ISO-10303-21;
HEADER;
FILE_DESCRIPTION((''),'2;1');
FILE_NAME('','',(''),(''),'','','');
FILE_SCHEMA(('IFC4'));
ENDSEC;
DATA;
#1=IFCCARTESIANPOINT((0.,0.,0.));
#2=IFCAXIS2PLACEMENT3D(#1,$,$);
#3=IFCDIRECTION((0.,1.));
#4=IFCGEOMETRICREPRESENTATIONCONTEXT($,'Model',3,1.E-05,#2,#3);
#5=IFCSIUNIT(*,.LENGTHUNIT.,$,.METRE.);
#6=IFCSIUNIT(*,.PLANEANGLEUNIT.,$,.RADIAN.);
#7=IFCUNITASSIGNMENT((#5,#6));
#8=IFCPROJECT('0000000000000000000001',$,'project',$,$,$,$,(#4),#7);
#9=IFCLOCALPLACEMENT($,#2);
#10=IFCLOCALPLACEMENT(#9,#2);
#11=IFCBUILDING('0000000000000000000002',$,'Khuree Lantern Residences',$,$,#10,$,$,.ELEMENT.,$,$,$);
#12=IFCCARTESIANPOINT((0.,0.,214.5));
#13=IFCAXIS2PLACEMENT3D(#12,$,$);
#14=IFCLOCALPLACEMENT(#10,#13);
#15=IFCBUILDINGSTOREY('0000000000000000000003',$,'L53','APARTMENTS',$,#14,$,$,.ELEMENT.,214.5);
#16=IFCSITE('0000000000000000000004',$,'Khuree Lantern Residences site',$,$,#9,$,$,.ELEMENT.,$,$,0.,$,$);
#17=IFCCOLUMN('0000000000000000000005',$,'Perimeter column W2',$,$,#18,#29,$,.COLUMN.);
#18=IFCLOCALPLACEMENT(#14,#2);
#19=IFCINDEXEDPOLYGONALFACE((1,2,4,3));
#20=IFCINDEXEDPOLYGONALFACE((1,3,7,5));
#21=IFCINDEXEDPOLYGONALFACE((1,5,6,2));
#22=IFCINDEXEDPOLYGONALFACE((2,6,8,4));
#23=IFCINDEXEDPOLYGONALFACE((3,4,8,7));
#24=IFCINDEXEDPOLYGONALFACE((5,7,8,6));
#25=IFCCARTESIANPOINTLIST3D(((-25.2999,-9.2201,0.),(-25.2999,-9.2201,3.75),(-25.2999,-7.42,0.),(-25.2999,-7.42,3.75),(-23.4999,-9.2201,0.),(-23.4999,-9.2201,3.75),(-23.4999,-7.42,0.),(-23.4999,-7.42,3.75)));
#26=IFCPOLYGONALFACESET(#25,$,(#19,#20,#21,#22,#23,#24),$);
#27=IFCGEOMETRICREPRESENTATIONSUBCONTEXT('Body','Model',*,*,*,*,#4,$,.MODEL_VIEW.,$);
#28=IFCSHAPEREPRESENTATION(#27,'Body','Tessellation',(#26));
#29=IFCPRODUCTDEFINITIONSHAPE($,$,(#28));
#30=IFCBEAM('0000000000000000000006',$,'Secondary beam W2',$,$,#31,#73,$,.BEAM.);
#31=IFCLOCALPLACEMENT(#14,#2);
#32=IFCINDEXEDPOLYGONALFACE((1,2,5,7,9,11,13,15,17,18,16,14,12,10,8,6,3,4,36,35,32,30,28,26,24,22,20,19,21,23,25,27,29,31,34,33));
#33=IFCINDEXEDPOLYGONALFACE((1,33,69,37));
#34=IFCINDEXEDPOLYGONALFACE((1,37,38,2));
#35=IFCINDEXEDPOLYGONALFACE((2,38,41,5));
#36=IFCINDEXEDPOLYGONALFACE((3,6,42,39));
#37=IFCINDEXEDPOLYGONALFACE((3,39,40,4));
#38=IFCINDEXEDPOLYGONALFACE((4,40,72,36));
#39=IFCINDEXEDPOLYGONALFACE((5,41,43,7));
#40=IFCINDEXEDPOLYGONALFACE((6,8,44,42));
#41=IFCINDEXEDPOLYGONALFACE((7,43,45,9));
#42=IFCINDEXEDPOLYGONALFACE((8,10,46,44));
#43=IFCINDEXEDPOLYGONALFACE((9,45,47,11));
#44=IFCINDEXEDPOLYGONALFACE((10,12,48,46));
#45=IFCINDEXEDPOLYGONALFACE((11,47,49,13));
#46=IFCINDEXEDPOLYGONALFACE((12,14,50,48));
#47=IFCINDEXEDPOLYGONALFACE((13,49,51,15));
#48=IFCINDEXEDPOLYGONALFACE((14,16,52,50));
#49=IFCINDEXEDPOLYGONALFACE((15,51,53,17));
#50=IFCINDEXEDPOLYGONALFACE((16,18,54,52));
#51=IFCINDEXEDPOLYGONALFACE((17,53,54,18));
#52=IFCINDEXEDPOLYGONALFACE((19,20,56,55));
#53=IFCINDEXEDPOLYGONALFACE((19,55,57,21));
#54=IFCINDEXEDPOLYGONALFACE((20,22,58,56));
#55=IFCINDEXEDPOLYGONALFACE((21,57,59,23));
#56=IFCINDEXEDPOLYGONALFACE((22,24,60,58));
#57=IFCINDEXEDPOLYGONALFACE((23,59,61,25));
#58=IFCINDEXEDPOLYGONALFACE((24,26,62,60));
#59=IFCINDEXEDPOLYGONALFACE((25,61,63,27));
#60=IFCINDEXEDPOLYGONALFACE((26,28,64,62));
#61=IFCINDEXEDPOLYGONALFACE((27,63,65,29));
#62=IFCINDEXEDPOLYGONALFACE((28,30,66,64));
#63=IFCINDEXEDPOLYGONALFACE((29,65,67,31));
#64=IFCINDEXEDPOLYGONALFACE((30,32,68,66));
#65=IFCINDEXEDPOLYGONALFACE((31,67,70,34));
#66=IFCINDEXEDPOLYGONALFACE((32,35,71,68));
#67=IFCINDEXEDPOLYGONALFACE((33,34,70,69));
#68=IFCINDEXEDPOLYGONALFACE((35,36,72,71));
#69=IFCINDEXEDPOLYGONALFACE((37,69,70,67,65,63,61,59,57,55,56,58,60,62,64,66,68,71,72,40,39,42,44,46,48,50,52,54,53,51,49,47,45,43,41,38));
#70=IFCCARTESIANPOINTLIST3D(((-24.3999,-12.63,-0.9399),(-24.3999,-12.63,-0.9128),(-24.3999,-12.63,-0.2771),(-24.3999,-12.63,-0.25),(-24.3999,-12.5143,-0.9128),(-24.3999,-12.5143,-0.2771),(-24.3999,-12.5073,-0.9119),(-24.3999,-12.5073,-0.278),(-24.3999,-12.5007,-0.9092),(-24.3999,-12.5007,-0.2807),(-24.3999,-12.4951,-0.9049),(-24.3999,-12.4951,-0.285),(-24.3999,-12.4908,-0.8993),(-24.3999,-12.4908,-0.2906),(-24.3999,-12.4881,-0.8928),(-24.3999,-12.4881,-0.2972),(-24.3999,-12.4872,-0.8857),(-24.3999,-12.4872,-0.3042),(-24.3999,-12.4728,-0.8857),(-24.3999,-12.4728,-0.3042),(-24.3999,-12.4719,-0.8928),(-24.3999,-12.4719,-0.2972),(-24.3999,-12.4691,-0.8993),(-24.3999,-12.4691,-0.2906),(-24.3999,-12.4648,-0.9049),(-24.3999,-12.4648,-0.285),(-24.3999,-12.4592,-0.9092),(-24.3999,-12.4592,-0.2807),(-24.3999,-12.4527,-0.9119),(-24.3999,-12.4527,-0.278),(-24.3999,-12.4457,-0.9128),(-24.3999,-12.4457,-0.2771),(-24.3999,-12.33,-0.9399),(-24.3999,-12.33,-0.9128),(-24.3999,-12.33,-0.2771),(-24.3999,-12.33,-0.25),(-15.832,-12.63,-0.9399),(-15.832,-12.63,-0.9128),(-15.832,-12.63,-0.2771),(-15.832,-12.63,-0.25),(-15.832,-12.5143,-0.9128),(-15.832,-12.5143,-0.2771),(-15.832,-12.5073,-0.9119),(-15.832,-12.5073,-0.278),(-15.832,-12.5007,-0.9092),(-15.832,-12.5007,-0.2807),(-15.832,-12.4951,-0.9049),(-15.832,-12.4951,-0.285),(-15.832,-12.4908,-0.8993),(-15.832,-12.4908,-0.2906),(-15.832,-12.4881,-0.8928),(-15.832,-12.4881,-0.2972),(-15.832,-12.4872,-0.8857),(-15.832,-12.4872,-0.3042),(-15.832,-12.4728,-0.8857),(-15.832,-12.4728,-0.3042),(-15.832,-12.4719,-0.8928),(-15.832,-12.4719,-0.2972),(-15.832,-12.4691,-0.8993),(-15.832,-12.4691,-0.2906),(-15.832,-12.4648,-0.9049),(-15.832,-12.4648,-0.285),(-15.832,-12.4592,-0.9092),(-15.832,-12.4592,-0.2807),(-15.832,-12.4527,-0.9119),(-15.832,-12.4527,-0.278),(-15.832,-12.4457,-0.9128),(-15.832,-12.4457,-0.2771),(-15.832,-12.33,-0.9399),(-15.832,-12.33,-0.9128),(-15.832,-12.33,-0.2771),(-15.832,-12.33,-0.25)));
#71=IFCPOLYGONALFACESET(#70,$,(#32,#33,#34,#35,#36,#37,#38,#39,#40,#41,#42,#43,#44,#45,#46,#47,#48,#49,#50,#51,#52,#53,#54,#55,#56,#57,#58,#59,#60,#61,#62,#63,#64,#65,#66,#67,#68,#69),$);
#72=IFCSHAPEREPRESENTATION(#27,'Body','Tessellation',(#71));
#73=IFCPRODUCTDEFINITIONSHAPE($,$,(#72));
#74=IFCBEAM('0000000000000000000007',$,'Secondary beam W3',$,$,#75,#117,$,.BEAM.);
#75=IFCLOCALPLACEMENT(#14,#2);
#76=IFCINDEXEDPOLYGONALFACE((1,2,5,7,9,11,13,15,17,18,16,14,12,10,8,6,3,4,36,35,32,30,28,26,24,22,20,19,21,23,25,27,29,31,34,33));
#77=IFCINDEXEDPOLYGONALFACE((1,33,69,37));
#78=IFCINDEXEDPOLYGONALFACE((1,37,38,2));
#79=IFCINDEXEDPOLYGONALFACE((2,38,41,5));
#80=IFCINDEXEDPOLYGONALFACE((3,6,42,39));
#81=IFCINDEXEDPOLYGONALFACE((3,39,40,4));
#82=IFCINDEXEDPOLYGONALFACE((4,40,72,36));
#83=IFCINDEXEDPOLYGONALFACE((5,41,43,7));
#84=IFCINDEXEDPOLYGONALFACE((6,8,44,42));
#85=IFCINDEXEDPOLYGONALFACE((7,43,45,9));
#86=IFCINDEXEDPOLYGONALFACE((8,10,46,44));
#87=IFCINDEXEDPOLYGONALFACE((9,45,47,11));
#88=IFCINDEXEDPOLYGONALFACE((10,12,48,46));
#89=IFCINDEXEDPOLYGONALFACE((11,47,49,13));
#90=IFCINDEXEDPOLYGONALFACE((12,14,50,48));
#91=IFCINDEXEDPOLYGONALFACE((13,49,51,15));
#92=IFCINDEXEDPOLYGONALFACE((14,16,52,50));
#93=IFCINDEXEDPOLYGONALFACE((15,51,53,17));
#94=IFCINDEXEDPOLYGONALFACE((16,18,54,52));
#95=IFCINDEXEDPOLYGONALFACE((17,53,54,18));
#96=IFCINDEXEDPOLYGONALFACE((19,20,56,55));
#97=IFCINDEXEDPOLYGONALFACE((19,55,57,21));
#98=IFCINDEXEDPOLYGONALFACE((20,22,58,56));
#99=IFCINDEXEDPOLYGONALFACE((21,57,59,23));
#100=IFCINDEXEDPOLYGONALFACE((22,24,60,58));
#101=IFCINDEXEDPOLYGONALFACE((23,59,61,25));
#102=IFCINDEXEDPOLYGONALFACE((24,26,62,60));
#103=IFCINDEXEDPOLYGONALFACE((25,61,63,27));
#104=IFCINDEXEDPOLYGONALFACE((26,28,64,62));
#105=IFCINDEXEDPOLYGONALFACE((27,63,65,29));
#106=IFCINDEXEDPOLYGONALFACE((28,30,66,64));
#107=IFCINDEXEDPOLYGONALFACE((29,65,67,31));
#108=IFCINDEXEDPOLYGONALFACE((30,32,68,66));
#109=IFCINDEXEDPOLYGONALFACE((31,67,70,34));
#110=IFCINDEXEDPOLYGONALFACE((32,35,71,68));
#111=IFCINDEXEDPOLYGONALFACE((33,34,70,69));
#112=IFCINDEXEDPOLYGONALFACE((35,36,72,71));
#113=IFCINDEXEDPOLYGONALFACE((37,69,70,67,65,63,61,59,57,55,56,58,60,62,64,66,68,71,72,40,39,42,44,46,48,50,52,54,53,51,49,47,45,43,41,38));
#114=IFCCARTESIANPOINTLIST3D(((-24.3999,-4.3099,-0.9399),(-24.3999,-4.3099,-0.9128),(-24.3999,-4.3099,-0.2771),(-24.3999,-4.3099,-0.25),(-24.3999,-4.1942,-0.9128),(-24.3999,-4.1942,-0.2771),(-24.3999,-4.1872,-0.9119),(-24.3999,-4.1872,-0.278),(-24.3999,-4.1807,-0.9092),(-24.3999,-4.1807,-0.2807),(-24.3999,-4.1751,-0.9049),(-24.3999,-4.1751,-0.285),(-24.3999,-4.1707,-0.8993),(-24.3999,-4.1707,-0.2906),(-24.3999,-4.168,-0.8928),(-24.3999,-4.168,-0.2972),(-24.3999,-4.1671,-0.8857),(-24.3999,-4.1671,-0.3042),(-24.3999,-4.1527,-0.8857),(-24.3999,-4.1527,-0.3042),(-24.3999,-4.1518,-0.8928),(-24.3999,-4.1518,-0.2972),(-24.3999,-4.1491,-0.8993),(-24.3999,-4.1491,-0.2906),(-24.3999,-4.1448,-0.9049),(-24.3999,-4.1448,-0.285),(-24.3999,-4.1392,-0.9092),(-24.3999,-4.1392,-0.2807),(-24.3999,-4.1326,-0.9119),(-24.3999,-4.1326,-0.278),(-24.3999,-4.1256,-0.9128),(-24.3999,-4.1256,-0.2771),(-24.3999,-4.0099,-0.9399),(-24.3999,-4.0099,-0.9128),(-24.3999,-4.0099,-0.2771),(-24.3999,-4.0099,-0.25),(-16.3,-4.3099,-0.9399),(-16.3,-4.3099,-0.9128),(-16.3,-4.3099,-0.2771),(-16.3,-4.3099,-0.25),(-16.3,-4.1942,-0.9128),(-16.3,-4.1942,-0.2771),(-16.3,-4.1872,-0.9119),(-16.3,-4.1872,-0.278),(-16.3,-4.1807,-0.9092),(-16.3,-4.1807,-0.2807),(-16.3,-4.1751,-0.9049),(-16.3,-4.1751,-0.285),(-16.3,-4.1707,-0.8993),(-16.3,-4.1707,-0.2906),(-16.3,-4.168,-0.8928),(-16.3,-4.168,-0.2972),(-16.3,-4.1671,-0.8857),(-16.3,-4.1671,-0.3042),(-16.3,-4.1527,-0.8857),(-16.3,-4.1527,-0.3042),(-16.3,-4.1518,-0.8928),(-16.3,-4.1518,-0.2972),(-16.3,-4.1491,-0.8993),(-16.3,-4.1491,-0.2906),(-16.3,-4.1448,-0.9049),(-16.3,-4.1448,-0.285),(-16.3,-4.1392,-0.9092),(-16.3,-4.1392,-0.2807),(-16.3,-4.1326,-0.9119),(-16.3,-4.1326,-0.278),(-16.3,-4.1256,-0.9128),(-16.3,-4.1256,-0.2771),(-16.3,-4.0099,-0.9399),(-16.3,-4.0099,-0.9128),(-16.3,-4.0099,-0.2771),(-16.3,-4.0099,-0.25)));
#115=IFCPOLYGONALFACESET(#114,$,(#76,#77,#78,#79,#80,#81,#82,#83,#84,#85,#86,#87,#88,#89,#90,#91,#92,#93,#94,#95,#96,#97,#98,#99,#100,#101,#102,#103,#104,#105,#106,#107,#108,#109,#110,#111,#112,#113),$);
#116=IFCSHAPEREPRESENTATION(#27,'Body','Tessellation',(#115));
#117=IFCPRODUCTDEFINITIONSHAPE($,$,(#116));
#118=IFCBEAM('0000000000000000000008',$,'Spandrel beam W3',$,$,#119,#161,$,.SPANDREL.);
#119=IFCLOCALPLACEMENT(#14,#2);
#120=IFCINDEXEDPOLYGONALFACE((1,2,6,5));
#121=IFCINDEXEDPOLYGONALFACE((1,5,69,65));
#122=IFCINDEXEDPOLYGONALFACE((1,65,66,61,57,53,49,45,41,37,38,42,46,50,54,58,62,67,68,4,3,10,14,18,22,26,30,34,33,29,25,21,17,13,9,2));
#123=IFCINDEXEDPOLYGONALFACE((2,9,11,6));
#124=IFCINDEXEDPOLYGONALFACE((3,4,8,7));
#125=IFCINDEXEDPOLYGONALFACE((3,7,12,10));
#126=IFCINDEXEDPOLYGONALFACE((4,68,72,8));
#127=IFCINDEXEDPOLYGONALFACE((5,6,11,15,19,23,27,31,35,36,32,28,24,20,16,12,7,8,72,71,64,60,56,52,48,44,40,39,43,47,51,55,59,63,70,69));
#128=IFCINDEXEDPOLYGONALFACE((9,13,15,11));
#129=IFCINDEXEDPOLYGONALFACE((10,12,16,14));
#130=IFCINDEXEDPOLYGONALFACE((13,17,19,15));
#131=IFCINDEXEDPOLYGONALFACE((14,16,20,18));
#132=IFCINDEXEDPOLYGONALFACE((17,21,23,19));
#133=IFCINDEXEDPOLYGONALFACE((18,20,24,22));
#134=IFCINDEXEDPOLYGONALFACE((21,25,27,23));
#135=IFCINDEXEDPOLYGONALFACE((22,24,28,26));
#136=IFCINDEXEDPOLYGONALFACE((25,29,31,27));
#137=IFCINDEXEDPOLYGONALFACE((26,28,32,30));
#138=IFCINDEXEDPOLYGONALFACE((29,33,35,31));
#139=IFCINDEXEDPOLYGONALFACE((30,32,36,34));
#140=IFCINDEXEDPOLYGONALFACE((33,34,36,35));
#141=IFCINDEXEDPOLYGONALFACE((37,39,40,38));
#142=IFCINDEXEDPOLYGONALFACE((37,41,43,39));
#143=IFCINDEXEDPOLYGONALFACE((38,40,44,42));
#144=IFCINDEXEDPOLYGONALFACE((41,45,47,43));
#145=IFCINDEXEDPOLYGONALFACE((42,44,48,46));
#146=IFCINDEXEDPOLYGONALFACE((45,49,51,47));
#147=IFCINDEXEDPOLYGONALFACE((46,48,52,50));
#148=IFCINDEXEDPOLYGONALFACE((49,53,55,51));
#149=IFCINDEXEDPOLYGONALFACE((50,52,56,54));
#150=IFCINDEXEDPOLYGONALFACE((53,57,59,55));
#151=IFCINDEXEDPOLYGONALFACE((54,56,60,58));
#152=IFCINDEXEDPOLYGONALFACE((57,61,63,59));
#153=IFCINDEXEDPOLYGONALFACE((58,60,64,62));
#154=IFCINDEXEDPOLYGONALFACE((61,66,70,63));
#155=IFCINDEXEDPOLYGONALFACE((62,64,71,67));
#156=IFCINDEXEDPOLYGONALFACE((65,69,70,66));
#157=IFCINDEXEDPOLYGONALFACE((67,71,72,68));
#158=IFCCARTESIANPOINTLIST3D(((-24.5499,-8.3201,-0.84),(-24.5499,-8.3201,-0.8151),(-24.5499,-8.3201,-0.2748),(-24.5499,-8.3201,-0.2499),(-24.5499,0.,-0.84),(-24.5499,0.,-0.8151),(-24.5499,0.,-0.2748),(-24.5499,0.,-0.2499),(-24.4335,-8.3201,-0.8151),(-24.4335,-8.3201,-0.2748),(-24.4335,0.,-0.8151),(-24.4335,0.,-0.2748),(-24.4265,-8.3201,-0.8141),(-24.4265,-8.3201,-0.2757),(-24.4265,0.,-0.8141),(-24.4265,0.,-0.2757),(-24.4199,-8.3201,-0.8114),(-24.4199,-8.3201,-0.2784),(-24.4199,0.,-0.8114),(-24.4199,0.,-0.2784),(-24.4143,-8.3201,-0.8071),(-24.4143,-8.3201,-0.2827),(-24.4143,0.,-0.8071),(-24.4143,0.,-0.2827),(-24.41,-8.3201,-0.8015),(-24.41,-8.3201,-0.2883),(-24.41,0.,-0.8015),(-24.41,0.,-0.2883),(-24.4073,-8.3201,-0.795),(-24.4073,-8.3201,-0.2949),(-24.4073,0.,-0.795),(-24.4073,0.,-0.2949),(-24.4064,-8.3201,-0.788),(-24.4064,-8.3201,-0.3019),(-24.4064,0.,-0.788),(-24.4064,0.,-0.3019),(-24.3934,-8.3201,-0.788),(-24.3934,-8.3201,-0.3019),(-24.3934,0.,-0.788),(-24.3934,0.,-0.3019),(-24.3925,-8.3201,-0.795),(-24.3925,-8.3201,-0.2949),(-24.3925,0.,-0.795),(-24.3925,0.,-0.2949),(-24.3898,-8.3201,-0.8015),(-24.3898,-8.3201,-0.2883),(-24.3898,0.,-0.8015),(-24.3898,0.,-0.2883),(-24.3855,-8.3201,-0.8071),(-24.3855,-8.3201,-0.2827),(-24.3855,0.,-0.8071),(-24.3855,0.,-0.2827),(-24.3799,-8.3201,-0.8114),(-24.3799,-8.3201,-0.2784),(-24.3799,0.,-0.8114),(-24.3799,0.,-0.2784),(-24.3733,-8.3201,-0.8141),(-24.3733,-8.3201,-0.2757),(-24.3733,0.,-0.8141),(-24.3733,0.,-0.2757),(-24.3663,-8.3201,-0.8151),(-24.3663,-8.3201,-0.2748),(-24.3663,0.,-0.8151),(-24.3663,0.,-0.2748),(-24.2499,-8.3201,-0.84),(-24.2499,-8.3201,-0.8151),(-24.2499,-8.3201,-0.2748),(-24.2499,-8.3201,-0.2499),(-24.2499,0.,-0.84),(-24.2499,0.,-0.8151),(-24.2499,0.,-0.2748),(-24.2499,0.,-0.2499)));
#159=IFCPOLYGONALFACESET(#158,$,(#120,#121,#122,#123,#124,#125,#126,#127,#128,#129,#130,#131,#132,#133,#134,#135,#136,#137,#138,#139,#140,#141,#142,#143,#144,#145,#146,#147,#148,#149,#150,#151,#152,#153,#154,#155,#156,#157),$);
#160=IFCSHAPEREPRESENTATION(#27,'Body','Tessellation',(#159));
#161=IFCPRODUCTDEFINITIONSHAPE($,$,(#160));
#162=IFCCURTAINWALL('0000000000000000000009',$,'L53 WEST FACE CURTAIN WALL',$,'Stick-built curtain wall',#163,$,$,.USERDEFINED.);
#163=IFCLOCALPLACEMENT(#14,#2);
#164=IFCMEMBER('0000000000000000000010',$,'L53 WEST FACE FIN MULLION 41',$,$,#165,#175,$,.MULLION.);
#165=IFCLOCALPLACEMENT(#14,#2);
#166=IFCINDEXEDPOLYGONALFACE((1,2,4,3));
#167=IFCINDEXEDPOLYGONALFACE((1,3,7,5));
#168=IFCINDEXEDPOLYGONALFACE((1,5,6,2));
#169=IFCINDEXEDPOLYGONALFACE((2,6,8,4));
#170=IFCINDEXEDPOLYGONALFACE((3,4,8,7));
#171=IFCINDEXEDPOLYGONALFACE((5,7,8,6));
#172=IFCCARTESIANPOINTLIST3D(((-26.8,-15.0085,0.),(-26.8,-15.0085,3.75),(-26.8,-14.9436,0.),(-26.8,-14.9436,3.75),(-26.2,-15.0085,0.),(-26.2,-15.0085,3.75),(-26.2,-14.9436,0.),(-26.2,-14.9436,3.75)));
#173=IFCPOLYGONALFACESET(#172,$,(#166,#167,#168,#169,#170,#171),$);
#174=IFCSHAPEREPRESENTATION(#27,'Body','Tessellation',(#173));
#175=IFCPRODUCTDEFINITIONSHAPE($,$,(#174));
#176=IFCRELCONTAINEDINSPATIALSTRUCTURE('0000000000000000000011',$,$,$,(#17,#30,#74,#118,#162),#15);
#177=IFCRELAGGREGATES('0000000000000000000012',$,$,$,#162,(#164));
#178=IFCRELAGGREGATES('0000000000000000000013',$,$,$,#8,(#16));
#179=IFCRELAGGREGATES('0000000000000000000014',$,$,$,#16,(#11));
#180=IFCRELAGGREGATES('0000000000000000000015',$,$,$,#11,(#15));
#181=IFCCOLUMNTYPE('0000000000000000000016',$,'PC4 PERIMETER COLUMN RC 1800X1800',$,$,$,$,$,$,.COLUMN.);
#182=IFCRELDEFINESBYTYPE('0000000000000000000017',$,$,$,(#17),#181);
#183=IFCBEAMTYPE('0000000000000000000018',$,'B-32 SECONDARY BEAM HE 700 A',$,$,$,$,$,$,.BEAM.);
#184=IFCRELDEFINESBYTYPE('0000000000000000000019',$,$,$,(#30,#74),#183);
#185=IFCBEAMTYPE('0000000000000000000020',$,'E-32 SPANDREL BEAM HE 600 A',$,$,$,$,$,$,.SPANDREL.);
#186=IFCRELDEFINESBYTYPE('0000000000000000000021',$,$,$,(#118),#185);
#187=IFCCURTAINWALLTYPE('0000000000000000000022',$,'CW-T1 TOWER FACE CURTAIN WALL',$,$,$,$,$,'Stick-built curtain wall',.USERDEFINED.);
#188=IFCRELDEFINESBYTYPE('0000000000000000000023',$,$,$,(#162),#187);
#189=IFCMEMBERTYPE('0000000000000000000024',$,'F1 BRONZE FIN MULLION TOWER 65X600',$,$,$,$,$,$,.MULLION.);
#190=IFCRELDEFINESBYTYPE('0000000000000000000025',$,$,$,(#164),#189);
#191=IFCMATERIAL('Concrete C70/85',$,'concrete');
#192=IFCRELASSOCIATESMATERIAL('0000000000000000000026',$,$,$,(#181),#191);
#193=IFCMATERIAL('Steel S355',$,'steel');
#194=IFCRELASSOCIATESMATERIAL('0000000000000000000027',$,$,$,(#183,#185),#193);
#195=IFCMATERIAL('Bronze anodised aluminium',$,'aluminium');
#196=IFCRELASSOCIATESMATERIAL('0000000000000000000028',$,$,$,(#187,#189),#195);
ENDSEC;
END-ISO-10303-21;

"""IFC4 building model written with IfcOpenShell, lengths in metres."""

from ifc_helpers import new_model, si_unit, direction, frame, origin, origin_2d, place, context, subcontext, project, spatial, rectangle, i_section, extrude, material, material_profile, profile_set, type_object, element, aggregate, save


model = new_model("IFC4")

# Units and contexts
model_context = context("Model", 3, precision=1e-05, world=origin(), true_north=direction((0.0, 1.0)))
body_context = subcontext(model_context, "Body", "Model", "MODEL_VIEW")
ifc_project = project(units=[si_unit("LENGTHUNIT", "METRE"), si_unit("PLANEANGLEUNIT", "RADIAN")], contexts=[model_context])

# Site, building, storey
site_placement = place(None, origin())
site = spatial("IfcSite", under=ifc_project, at=site_placement, Name="Khuree Lantern Residences site", CompositionType="ELEMENT", RefElevation=0.0)
building_placement = place(site_placement, origin())
building = spatial("IfcBuilding", under=site, at=building_placement, Name="Khuree Lantern Residences", CompositionType="ELEMENT")
storey_placement = place(building_placement, frame((0.0, 0.0, 214.5)))
storey = spatial("IfcBuildingStorey", under=building, at=storey_placement, Name="L53", Description="APARTMENTS", CompositionType="ELEMENT", Elevation=214.5)

# Column
ifc_material_1 = material(Name="Concrete C70/85", Category="concrete")
ifc_material_profile_1 = material_profile(ifc_material_1, rectangle(XDim=1.8, YDim=1.8, at=origin_2d()), Name="RC 1800X1800")
ifc_profile_set_1 = profile_set([ifc_material_profile_1], Name="Concrete C70/85")
column_type = type_object("IfcColumnType", Name="PC4 PERIMETER COLUMN RC 1800X1800", PredefinedType="COLUMN", material=ifc_profile_set_1)
column_placement = place(storey_placement, frame((-24.3999, -8.3201, 0.0), z_axis=(0.0, 0.0, 1.0), x_axis=(0.0, 1.0, 0.0)))
element("IfcColumn", 1, at=column_placement, inside=storey, type_object=column_type, Name="Perimeter column W2", PredefinedType="COLUMN", context=body_context, shape_type="SweptSolid", body=[
    extrude(rectangle(XDim=1.8, YDim=1.8, at=origin_2d()), origin(), (0.0, 0.0, 1.0), 3.75),
])

# Beams
ifc_material_2 = material(Name="Steel S355", Category="steel")
ifc_material_profile_2 = material_profile(ifc_material_2, i_section(OverallWidth=0.3, OverallDepth=0.6899, WebThickness=0.0144, FlangeThickness=0.0271, FilletRadius=0.0271, at=origin_2d()), Name="HE 700 A")
ifc_profile_set_2 = profile_set([ifc_material_profile_2], Name="Steel S355")
beam_type_1 = type_object("IfcBeamType", Name="B-32 SECONDARY BEAM HE 700 A", PredefinedType="BEAM", material=ifc_profile_set_2)
beam_1_placement = place(storey_placement, frame((-24.3999, -12.48, -0.595), z_axis=(1.0, 0.0, 0.0), x_axis=(0.0, 1.0, 0.0)))
element("IfcBeam", 2, at=beam_1_placement, inside=storey, type_object=beam_type_1, Name="Secondary beam W2", PredefinedType="BEAM", context=body_context, shape_type="SweptSolid", body=[
    extrude(i_section(OverallWidth=0.3, OverallDepth=0.6899, WebThickness=0.0144, FlangeThickness=0.0271, FilletRadius=0.0271, at=origin_2d()), origin(), (0.0, 0.0, 1.0), 8.5679),
])
beam_2_placement = place(storey_placement, frame((-24.3999, -4.1599, -0.595), z_axis=(1.0, 0.0, 0.0), x_axis=(0.0, 1.0, 0.0)))
element("IfcBeam", 3, at=beam_2_placement, inside=storey, type_object=beam_type_1, Name="Secondary beam W3", PredefinedType="BEAM", context=body_context, shape_type="SweptSolid", body=[
    extrude(i_section(OverallWidth=0.3, OverallDepth=0.6899, WebThickness=0.0144, FlangeThickness=0.0271, FilletRadius=0.0271, at=origin_2d()), origin(), (0.0, 0.0, 1.0), 8.0999),
])
ifc_material_profile_3 = material_profile(ifc_material_2, i_section(OverallWidth=0.3, OverallDepth=0.5901, WebThickness=0.0129, FlangeThickness=0.0249, FilletRadius=0.0271, at=origin_2d()), Name="HE 600 A")
ifc_profile_set_3 = profile_set([ifc_material_profile_3], Name="Steel S355")
beam_type_2 = type_object("IfcBeamType", Name="E-32 SPANDREL BEAM HE 600 A", PredefinedType="SPANDREL", material=ifc_profile_set_3)
beam_3_placement = place(storey_placement, frame((-24.3999, -8.3201, -0.5449), z_axis=(0.0, 1.0, 0.0), x_axis=(-1.0, 0.0, 0.0)))
element("IfcBeam", 4, at=beam_3_placement, inside=storey, type_object=beam_type_2, Name="Spandrel beam W3", PredefinedType="SPANDREL", context=body_context, shape_type="SweptSolid", body=[
    extrude(i_section(OverallWidth=0.3, OverallDepth=0.5901, WebThickness=0.0129, FlangeThickness=0.0249, FilletRadius=0.0271, at=origin_2d()), origin(), (0.0, 0.0, 1.0), 8.3201),
])

# Curtain wall, member
ifc_material_3 = material(Name="Bronze anodised aluminium", Category="aluminium")
curtain_wall_type = type_object("IfcCurtainWallType", Name="CW-T1 TOWER FACE CURTAIN WALL", ElementType="Stick-built curtain wall", PredefinedType="USERDEFINED", material=ifc_material_3)
curtain_wall_placement = place(storey_placement, origin())
curtain_wall = element("IfcCurtainWall", 5, at=curtain_wall_placement, inside=storey, type_object=curtain_wall_type, Name="L53 WEST FACE CURTAIN WALL", ObjectType="Stick-built curtain wall", PredefinedType="USERDEFINED")
ifc_material_profile_4 = material_profile(ifc_material_3, rectangle(XDim=0.0649, YDim=0.6001, at=origin_2d()), Name="F1 65X600")
ifc_profile_set_4 = profile_set([ifc_material_profile_4], Name="Bronze anodised aluminium")
member_type_1 = type_object("IfcMemberType", Name="F1 BRONZE FIN MULLION TOWER 65X600", PredefinedType="MULLION", material=ifc_profile_set_4)
member_1_placement = place(storey_placement, frame((-26.5, -14.9761, 0.0), z_axis=(0.0, 0.0, 1.0), x_axis=(0.0, -1.0, 0.0)))
member_1 = element("IfcMember", 6, at=member_1_placement, type_object=member_type_1, Name="L53 WEST FACE FIN MULLION 41", PredefinedType="MULLION", context=body_context, shape_type="SweptSolid", body=[
    extrude(rectangle(XDim=0.0649, YDim=0.6001, at=origin_2d()), origin(), (0.0, 0.0, 1.0), 3.75),
])

aggregate(curtain_wall, [member_1])

save(model, "model.ifc")
